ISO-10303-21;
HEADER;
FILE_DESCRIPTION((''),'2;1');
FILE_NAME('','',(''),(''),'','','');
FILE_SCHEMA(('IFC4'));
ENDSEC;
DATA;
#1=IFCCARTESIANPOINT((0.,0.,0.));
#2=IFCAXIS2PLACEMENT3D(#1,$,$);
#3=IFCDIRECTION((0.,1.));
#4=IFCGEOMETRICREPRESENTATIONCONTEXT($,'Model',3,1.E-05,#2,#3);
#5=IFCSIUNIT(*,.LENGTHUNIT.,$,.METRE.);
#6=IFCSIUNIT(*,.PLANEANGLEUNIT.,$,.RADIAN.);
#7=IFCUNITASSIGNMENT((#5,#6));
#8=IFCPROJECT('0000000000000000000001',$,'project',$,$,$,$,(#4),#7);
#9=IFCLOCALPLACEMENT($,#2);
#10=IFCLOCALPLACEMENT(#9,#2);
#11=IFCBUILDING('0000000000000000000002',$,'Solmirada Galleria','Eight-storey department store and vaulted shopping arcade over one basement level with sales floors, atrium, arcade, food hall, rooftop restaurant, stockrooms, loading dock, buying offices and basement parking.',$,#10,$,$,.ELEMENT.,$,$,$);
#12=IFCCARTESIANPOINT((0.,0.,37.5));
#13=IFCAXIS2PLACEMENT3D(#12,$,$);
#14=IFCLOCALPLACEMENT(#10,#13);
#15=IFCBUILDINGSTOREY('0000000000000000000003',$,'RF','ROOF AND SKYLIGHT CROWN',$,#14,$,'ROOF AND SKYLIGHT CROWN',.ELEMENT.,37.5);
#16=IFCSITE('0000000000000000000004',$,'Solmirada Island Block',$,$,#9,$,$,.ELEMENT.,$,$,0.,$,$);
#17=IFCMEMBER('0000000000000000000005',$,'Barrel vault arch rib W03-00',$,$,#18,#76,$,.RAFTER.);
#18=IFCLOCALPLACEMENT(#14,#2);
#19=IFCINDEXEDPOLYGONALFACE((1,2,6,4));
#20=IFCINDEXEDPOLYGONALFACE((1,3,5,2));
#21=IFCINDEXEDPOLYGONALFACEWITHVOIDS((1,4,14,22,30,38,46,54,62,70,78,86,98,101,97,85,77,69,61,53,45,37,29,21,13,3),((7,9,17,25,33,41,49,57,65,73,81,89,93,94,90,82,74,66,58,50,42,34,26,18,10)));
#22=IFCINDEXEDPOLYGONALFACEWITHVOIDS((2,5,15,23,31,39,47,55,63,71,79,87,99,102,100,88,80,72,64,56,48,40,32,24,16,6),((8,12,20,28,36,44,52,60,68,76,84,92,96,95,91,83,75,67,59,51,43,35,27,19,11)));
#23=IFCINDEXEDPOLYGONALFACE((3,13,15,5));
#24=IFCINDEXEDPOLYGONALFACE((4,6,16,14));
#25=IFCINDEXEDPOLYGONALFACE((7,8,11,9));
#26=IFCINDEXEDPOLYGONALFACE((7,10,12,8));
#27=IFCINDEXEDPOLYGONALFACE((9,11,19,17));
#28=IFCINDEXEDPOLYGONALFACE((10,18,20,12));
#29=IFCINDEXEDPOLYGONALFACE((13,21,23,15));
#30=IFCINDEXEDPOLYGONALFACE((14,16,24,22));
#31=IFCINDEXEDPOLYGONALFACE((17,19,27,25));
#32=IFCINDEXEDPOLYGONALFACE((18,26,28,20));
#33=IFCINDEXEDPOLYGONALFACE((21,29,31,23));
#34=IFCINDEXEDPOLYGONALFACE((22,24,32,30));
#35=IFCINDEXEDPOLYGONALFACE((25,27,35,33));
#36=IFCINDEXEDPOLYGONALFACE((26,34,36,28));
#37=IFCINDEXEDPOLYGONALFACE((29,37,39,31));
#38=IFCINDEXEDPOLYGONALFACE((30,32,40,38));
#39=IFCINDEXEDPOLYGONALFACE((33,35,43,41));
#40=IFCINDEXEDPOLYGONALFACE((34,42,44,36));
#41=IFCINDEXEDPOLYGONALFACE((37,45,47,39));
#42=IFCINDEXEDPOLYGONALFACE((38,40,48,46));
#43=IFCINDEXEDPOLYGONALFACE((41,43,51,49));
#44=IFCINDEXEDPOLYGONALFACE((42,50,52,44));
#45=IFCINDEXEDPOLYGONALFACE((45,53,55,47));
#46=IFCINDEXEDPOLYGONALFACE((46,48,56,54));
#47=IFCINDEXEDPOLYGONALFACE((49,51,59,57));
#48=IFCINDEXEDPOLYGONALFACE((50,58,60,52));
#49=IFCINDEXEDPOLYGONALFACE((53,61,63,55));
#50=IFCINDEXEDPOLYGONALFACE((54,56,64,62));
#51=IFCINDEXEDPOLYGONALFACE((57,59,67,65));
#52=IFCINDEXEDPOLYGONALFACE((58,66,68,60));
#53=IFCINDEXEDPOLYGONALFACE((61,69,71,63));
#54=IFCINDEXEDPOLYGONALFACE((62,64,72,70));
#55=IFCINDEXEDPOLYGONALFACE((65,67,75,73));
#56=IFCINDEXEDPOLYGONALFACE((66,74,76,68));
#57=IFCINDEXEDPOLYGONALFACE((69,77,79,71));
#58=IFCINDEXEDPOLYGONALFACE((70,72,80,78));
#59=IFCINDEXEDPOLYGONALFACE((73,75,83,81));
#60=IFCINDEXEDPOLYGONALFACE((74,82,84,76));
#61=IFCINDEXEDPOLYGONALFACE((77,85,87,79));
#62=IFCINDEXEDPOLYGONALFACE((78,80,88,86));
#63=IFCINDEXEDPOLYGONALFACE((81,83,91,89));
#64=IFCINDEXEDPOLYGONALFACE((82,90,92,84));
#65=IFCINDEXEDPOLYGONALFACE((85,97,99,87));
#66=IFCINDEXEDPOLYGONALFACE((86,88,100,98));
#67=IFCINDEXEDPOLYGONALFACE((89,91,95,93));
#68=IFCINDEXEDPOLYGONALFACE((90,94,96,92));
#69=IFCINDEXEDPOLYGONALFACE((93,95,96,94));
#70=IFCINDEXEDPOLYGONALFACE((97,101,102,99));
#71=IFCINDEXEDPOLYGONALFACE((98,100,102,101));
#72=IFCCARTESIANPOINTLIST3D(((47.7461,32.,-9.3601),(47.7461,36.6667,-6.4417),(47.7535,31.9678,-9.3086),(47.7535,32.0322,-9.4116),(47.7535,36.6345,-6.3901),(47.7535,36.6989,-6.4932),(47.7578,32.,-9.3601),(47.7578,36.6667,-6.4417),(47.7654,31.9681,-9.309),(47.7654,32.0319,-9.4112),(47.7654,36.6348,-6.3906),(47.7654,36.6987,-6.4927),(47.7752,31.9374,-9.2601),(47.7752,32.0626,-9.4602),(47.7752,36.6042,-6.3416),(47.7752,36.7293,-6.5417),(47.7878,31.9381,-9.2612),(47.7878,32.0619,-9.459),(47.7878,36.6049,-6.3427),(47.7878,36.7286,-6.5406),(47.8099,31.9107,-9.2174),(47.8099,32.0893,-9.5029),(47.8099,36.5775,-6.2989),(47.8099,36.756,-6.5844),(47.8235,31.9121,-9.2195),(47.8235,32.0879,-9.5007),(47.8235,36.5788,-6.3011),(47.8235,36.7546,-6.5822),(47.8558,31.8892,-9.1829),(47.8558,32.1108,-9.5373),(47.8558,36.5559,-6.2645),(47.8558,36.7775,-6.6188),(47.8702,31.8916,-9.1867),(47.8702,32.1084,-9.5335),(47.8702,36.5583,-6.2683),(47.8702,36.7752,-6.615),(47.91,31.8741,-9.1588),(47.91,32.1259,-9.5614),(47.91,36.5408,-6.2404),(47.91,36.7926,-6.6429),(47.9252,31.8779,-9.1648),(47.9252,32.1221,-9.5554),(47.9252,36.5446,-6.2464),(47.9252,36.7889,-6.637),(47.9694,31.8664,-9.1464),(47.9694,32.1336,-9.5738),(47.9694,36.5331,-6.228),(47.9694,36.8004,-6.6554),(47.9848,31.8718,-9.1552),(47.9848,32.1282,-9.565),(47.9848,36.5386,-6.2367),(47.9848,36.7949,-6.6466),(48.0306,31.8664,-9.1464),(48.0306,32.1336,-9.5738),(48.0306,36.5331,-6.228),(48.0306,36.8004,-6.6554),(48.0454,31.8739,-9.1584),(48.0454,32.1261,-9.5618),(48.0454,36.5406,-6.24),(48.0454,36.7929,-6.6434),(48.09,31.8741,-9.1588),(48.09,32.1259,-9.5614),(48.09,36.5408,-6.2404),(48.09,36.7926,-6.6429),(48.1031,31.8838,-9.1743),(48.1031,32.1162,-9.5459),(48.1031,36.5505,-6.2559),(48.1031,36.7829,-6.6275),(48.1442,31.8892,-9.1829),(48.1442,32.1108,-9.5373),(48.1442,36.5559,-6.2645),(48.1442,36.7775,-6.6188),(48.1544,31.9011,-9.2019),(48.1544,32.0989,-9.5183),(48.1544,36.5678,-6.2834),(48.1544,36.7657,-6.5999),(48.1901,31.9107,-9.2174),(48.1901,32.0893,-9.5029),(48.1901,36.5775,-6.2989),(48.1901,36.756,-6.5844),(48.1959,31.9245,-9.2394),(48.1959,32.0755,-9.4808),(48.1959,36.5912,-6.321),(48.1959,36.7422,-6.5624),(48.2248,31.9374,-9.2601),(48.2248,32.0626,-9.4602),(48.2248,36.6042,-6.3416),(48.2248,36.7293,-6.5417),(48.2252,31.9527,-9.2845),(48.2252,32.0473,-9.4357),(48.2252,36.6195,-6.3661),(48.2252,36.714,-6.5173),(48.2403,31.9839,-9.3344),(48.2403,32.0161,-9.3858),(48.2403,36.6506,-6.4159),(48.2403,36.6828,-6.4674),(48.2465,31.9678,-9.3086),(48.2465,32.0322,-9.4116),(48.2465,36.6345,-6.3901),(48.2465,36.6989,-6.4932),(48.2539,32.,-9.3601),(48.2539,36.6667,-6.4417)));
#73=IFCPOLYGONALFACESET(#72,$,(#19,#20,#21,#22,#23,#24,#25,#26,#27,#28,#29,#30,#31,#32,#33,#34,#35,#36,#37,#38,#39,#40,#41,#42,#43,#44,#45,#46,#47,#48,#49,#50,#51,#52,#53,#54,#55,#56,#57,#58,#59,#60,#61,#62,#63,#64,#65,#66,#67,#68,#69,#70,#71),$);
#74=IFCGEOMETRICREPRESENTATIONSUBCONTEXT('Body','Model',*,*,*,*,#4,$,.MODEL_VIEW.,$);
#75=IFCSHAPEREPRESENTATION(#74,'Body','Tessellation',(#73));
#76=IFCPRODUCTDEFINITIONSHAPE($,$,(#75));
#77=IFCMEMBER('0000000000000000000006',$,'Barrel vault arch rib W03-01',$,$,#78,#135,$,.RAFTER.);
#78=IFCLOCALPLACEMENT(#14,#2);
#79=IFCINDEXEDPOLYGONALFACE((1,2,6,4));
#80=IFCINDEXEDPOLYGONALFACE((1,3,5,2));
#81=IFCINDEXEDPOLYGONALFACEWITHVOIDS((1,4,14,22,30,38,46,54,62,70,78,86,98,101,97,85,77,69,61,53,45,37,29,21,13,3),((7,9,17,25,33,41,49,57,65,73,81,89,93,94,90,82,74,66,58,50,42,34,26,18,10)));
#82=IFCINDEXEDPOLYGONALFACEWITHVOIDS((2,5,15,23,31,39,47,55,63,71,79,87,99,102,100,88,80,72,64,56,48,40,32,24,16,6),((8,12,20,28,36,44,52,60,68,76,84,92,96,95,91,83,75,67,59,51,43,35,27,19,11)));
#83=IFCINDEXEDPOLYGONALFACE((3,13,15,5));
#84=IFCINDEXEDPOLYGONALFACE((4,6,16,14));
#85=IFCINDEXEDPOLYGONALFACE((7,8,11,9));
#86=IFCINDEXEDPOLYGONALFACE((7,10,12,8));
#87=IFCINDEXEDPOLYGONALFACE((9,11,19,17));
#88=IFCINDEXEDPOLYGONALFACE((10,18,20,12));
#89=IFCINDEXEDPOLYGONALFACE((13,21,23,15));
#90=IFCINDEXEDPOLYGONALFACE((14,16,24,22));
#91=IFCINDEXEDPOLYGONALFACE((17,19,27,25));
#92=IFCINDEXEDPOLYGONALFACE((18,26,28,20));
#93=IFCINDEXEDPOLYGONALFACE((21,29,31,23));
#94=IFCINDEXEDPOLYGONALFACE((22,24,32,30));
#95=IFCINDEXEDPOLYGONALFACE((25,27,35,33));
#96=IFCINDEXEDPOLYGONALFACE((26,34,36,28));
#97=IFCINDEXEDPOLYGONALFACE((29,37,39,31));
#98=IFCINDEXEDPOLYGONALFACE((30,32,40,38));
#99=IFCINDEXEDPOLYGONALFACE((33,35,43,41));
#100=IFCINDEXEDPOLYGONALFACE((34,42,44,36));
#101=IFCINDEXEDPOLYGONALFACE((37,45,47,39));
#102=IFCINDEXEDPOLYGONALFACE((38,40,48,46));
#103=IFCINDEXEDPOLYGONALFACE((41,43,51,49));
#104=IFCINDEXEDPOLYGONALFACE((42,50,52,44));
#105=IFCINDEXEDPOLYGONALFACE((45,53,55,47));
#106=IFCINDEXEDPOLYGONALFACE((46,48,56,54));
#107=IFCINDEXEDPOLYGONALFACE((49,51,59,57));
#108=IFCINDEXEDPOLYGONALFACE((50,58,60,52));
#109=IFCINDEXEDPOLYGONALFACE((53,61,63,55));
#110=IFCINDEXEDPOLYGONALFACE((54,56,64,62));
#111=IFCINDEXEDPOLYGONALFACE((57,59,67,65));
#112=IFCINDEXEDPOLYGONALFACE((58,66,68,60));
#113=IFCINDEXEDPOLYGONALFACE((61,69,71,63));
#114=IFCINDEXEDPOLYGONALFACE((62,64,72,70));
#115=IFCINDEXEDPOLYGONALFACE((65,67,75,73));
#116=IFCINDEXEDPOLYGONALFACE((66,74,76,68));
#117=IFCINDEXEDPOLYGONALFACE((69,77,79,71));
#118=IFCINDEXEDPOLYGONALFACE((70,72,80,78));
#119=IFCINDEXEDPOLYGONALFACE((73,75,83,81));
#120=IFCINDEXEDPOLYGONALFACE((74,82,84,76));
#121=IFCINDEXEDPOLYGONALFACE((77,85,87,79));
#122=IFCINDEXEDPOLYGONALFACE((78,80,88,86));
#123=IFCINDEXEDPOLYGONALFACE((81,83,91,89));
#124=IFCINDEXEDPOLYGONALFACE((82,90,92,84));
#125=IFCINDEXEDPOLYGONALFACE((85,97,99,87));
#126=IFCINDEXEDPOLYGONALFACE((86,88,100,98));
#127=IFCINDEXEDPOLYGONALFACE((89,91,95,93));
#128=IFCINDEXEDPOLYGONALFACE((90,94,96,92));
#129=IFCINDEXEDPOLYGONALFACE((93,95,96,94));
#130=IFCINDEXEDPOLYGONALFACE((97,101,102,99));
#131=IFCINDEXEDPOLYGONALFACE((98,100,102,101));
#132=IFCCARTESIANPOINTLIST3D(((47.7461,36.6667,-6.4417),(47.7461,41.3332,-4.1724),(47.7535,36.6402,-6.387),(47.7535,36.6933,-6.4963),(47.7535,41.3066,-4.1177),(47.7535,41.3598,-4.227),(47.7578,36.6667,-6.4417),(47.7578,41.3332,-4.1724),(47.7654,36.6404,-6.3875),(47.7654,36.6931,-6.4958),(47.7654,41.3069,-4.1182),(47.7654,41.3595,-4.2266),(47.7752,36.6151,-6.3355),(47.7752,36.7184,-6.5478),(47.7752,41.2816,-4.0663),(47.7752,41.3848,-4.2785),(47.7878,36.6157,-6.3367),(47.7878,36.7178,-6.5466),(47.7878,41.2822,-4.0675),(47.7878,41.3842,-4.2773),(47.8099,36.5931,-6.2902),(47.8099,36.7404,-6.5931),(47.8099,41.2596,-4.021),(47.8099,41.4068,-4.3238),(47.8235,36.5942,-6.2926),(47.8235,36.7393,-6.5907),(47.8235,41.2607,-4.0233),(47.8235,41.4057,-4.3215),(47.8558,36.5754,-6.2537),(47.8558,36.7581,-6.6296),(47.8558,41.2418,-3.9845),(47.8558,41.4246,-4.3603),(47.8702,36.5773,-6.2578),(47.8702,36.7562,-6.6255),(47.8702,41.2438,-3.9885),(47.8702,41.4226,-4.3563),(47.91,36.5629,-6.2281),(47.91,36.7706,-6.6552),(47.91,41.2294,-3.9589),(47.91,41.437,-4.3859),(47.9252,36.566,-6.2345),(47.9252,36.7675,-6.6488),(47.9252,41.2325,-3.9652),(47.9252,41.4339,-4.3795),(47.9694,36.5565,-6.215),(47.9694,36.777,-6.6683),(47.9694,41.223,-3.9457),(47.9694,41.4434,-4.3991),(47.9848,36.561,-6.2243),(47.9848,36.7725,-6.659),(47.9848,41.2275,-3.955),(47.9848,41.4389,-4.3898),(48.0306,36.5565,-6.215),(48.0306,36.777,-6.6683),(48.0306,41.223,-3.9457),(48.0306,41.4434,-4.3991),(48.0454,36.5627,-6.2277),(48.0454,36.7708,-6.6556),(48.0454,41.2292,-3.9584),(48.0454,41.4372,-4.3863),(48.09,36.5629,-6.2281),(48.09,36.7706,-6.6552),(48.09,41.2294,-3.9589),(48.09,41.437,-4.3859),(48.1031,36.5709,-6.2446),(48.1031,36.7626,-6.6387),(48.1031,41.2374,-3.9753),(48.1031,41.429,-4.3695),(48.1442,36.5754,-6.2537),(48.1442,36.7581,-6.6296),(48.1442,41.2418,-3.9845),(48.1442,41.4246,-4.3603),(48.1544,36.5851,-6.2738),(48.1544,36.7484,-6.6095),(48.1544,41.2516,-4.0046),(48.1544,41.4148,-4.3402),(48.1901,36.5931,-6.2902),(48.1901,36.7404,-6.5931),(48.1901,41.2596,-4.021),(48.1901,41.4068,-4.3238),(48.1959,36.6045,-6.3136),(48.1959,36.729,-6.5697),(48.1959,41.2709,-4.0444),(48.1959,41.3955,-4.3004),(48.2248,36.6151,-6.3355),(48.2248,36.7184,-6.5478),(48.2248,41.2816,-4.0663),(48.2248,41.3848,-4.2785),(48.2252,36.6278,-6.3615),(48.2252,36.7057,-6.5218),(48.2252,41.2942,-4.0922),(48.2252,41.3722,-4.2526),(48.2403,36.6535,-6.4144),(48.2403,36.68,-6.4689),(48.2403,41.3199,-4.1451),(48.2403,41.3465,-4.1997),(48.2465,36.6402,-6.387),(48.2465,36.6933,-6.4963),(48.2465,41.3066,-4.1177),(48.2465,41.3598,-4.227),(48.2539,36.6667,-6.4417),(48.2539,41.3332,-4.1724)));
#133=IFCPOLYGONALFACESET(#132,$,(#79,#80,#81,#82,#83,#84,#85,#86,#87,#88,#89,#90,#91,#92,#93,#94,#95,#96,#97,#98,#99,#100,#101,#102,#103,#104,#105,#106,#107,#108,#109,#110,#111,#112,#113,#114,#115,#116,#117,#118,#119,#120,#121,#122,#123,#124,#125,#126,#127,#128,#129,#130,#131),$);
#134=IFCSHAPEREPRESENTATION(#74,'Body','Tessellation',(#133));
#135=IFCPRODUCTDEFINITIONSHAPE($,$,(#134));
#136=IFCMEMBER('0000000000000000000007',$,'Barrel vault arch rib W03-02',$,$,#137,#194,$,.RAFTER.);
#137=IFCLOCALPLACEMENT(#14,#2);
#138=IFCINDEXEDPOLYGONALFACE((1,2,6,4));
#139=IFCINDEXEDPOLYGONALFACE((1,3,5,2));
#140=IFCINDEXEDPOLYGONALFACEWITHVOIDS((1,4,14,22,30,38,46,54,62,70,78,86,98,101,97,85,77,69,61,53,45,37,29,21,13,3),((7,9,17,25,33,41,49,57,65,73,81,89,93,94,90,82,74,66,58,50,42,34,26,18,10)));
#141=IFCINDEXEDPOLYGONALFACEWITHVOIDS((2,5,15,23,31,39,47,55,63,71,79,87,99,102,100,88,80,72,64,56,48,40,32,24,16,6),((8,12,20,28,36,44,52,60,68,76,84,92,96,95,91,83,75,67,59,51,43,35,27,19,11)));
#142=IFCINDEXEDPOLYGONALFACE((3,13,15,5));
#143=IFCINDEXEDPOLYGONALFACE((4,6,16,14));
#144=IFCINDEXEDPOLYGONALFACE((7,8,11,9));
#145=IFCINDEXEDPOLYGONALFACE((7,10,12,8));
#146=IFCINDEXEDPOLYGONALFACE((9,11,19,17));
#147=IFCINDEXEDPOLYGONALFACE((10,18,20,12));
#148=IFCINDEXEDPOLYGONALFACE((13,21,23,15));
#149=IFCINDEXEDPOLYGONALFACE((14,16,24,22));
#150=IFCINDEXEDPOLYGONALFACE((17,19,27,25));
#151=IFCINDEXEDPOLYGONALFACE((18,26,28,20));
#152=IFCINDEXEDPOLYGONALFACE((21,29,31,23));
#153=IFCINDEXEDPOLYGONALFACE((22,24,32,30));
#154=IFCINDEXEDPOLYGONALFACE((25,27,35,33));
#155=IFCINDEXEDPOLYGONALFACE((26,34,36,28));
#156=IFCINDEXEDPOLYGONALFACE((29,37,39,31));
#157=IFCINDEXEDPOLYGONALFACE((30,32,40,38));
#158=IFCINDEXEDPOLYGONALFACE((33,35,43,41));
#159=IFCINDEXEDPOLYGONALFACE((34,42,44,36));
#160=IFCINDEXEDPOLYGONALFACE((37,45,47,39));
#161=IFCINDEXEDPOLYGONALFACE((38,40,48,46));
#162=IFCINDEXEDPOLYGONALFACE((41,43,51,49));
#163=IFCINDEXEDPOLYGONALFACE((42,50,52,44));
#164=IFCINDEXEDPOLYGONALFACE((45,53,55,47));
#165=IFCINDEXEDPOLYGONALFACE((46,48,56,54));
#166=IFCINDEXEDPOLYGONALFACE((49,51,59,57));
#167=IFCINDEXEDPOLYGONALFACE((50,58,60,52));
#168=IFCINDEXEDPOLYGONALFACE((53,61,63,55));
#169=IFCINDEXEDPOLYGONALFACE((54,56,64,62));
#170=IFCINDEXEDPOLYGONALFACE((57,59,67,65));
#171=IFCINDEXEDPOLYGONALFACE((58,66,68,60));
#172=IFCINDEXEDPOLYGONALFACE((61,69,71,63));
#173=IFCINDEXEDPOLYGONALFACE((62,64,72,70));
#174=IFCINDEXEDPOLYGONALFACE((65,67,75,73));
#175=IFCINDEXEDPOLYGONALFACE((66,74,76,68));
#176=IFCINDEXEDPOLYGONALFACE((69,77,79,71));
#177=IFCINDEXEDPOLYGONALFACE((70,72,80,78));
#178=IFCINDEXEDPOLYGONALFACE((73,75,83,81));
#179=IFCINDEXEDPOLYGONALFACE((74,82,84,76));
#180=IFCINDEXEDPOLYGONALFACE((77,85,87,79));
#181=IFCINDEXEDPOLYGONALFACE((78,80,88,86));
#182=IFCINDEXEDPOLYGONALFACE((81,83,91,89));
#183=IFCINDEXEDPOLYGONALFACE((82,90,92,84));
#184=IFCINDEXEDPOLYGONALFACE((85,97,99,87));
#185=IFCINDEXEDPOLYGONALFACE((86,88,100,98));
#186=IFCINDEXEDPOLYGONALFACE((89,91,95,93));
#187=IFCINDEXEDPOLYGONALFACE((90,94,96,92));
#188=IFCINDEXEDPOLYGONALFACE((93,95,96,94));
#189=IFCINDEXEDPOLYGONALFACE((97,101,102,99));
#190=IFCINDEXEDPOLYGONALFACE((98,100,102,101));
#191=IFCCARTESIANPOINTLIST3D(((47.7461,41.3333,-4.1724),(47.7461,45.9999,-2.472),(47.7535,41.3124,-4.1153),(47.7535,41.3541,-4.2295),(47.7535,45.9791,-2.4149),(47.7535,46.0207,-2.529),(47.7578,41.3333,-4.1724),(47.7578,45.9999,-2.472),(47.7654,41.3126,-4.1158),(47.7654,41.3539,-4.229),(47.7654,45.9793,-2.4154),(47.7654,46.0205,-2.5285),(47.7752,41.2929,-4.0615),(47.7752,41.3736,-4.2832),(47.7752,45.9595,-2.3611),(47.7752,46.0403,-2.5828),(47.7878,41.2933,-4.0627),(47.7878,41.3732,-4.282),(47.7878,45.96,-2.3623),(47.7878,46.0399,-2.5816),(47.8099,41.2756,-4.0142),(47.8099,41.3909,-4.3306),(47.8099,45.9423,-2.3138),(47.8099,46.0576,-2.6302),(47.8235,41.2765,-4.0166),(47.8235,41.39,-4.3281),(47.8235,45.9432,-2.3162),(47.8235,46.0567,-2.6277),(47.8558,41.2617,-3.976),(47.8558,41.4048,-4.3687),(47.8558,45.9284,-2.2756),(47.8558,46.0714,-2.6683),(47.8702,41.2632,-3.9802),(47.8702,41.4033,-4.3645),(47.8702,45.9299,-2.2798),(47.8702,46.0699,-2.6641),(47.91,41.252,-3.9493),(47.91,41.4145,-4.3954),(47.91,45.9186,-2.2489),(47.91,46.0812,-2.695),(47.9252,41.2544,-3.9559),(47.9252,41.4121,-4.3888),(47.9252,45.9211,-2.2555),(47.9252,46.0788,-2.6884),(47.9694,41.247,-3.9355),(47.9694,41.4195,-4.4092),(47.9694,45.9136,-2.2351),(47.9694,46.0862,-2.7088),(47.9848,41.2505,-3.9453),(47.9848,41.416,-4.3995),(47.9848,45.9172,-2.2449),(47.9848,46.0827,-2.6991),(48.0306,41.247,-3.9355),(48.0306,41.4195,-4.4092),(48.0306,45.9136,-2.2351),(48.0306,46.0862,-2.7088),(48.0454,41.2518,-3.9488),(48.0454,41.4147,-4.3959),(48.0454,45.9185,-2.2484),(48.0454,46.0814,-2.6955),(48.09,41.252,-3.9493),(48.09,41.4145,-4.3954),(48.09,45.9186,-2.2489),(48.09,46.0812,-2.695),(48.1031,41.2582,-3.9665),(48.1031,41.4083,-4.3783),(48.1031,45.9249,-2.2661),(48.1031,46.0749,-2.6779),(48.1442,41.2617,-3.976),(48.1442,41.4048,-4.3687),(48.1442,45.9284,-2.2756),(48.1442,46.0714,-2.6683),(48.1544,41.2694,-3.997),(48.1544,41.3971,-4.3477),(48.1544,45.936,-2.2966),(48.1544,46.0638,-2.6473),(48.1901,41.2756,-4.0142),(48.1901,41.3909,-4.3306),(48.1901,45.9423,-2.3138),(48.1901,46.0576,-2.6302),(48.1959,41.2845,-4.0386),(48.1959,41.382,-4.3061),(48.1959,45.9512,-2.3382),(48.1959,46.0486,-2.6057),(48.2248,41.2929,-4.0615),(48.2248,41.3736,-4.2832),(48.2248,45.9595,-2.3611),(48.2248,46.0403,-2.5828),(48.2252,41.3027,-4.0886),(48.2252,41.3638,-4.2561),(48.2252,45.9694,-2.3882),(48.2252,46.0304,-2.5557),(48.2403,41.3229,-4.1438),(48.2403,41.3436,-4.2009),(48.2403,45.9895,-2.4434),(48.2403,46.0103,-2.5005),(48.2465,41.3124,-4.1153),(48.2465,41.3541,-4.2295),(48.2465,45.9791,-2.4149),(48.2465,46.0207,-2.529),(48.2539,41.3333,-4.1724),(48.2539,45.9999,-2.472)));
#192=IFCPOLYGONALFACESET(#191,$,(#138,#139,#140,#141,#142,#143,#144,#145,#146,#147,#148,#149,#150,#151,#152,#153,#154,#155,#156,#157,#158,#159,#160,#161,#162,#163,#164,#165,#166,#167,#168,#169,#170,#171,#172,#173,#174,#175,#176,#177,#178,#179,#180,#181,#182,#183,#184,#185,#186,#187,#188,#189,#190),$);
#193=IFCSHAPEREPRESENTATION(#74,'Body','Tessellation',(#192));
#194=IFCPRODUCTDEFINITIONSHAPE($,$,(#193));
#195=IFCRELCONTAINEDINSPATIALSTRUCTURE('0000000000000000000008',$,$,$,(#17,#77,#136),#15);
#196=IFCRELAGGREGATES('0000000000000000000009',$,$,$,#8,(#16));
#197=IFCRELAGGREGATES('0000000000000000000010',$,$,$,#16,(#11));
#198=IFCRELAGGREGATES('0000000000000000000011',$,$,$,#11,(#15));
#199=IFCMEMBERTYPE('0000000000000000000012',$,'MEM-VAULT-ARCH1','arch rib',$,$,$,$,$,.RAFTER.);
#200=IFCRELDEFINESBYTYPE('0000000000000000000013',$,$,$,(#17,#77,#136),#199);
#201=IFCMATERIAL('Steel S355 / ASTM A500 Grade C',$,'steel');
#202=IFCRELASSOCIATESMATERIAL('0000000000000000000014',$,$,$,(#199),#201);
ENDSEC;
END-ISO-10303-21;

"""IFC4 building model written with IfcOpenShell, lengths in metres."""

from ifc_helpers import new_model, si_unit, direction, frame, origin, origin_2d, place, context, subcontext, project, spatial, hollow_circle, extrude, material, material_profile, profile_set, type_object, element, save


model = new_model("IFC4")

# Units and contexts
model_context = context("Model", 3, precision=1e-05, world=origin(), true_north=direction((0.0, 1.0)))
body_context = subcontext(model_context, "Body", "Model", "MODEL_VIEW")
ifc_project = project(units=[si_unit("LENGTHUNIT", "METRE"), si_unit("PLANEANGLEUNIT", "RADIAN")], contexts=[model_context])

# Site, building, storey
site_placement = place(None, origin())
site = spatial("IfcSite", under=ifc_project, at=site_placement, Name="Solmirada Island Block", CompositionType="ELEMENT", RefElevation=0.0)
building_placement = place(site_placement, origin())
building = spatial("IfcBuilding", under=site, at=building_placement, Name="Solmirada Galleria", Description="Eight-storey department store and vaulted shopping arcade over one basement level with sales floors, atrium, arcade, food hall, rooftop restaurant, stockrooms, loading dock, buying offices and basement parking.", CompositionType="ELEMENT")
storey_placement = place(building_placement, frame((0.0, 0.0, 37.5)))
storey = spatial("IfcBuildingStorey", under=building, at=storey_placement, Name="RF", Description="ROOF AND SKYLIGHT CROWN", LongName="ROOF AND SKYLIGHT CROWN", CompositionType="ELEMENT", Elevation=37.5)

# Members
ifc_material_1 = material(Name="Steel S355 / ASTM A500 Grade C", Category="steel")
ifc_material_profile_1 = material_profile(ifc_material_1, hollow_circle(Radius=0.2539, WallThickness=0.0117, at=origin_2d()), Name="HSS20.000X0.500")
ifc_profile_set_1 = profile_set([ifc_material_profile_1], Name="Steel S355 / ASTM A500 Grade C")
member_type_1 = type_object("IfcMemberType", Name="MEM-VAULT-ARCH1", Description="arch rib", PredefinedType="RAFTER", material=ifc_profile_set_1)
member_1_placement = place(storey_placement, frame((48.0, 32.0, -9.3601), z_axis=(0.0, 0.847856, 0.530226), x_axis=(-1.0, 0.0, 0.0)))
element("IfcMember", 1, at=member_1_placement, inside=storey, type_object=member_type_1, Name="Barrel vault arch rib W03-00", PredefinedType="RAFTER", context=body_context, shape_type="SweptSolid", body=[
    extrude(hollow_circle(Radius=0.2539, WallThickness=0.0117, at=origin_2d()), origin(), (0.0, 0.0, 1.0), 5.5042),
])
member_2_placement = place(storey_placement, frame((48.0, 36.6667, -6.4417), z_axis=(0.0, 0.899304, 0.437325), x_axis=(-1.0, 0.0, 0.0)))
element("IfcMember", 2, at=member_2_placement, inside=storey, type_object=member_type_1, Name="Barrel vault arch rib W03-01", PredefinedType="RAFTER", context=body_context, shape_type="SweptSolid", body=[
    extrude(hollow_circle(Radius=0.2539, WallThickness=0.0117, at=origin_2d()), origin(), (0.0, 0.0, 1.0), 5.189),
])
member_3_placement = place(storey_placement, frame((48.0, 41.3333, -4.1724), z_axis=(0.0, 0.939571, 0.342355), x_axis=(-1.0, 0.0, 0.0)))
element("IfcMember", 3, at=member_3_placement, inside=storey, type_object=member_type_1, Name="Barrel vault arch rib W03-02", PredefinedType="RAFTER", context=body_context, shape_type="SweptSolid", body=[
    extrude(hollow_circle(Radius=0.2539, WallThickness=0.0117, at=origin_2d()), origin(), (0.0, 0.0, 1.0), 4.9668),
])

save(model, "model.ifc")
